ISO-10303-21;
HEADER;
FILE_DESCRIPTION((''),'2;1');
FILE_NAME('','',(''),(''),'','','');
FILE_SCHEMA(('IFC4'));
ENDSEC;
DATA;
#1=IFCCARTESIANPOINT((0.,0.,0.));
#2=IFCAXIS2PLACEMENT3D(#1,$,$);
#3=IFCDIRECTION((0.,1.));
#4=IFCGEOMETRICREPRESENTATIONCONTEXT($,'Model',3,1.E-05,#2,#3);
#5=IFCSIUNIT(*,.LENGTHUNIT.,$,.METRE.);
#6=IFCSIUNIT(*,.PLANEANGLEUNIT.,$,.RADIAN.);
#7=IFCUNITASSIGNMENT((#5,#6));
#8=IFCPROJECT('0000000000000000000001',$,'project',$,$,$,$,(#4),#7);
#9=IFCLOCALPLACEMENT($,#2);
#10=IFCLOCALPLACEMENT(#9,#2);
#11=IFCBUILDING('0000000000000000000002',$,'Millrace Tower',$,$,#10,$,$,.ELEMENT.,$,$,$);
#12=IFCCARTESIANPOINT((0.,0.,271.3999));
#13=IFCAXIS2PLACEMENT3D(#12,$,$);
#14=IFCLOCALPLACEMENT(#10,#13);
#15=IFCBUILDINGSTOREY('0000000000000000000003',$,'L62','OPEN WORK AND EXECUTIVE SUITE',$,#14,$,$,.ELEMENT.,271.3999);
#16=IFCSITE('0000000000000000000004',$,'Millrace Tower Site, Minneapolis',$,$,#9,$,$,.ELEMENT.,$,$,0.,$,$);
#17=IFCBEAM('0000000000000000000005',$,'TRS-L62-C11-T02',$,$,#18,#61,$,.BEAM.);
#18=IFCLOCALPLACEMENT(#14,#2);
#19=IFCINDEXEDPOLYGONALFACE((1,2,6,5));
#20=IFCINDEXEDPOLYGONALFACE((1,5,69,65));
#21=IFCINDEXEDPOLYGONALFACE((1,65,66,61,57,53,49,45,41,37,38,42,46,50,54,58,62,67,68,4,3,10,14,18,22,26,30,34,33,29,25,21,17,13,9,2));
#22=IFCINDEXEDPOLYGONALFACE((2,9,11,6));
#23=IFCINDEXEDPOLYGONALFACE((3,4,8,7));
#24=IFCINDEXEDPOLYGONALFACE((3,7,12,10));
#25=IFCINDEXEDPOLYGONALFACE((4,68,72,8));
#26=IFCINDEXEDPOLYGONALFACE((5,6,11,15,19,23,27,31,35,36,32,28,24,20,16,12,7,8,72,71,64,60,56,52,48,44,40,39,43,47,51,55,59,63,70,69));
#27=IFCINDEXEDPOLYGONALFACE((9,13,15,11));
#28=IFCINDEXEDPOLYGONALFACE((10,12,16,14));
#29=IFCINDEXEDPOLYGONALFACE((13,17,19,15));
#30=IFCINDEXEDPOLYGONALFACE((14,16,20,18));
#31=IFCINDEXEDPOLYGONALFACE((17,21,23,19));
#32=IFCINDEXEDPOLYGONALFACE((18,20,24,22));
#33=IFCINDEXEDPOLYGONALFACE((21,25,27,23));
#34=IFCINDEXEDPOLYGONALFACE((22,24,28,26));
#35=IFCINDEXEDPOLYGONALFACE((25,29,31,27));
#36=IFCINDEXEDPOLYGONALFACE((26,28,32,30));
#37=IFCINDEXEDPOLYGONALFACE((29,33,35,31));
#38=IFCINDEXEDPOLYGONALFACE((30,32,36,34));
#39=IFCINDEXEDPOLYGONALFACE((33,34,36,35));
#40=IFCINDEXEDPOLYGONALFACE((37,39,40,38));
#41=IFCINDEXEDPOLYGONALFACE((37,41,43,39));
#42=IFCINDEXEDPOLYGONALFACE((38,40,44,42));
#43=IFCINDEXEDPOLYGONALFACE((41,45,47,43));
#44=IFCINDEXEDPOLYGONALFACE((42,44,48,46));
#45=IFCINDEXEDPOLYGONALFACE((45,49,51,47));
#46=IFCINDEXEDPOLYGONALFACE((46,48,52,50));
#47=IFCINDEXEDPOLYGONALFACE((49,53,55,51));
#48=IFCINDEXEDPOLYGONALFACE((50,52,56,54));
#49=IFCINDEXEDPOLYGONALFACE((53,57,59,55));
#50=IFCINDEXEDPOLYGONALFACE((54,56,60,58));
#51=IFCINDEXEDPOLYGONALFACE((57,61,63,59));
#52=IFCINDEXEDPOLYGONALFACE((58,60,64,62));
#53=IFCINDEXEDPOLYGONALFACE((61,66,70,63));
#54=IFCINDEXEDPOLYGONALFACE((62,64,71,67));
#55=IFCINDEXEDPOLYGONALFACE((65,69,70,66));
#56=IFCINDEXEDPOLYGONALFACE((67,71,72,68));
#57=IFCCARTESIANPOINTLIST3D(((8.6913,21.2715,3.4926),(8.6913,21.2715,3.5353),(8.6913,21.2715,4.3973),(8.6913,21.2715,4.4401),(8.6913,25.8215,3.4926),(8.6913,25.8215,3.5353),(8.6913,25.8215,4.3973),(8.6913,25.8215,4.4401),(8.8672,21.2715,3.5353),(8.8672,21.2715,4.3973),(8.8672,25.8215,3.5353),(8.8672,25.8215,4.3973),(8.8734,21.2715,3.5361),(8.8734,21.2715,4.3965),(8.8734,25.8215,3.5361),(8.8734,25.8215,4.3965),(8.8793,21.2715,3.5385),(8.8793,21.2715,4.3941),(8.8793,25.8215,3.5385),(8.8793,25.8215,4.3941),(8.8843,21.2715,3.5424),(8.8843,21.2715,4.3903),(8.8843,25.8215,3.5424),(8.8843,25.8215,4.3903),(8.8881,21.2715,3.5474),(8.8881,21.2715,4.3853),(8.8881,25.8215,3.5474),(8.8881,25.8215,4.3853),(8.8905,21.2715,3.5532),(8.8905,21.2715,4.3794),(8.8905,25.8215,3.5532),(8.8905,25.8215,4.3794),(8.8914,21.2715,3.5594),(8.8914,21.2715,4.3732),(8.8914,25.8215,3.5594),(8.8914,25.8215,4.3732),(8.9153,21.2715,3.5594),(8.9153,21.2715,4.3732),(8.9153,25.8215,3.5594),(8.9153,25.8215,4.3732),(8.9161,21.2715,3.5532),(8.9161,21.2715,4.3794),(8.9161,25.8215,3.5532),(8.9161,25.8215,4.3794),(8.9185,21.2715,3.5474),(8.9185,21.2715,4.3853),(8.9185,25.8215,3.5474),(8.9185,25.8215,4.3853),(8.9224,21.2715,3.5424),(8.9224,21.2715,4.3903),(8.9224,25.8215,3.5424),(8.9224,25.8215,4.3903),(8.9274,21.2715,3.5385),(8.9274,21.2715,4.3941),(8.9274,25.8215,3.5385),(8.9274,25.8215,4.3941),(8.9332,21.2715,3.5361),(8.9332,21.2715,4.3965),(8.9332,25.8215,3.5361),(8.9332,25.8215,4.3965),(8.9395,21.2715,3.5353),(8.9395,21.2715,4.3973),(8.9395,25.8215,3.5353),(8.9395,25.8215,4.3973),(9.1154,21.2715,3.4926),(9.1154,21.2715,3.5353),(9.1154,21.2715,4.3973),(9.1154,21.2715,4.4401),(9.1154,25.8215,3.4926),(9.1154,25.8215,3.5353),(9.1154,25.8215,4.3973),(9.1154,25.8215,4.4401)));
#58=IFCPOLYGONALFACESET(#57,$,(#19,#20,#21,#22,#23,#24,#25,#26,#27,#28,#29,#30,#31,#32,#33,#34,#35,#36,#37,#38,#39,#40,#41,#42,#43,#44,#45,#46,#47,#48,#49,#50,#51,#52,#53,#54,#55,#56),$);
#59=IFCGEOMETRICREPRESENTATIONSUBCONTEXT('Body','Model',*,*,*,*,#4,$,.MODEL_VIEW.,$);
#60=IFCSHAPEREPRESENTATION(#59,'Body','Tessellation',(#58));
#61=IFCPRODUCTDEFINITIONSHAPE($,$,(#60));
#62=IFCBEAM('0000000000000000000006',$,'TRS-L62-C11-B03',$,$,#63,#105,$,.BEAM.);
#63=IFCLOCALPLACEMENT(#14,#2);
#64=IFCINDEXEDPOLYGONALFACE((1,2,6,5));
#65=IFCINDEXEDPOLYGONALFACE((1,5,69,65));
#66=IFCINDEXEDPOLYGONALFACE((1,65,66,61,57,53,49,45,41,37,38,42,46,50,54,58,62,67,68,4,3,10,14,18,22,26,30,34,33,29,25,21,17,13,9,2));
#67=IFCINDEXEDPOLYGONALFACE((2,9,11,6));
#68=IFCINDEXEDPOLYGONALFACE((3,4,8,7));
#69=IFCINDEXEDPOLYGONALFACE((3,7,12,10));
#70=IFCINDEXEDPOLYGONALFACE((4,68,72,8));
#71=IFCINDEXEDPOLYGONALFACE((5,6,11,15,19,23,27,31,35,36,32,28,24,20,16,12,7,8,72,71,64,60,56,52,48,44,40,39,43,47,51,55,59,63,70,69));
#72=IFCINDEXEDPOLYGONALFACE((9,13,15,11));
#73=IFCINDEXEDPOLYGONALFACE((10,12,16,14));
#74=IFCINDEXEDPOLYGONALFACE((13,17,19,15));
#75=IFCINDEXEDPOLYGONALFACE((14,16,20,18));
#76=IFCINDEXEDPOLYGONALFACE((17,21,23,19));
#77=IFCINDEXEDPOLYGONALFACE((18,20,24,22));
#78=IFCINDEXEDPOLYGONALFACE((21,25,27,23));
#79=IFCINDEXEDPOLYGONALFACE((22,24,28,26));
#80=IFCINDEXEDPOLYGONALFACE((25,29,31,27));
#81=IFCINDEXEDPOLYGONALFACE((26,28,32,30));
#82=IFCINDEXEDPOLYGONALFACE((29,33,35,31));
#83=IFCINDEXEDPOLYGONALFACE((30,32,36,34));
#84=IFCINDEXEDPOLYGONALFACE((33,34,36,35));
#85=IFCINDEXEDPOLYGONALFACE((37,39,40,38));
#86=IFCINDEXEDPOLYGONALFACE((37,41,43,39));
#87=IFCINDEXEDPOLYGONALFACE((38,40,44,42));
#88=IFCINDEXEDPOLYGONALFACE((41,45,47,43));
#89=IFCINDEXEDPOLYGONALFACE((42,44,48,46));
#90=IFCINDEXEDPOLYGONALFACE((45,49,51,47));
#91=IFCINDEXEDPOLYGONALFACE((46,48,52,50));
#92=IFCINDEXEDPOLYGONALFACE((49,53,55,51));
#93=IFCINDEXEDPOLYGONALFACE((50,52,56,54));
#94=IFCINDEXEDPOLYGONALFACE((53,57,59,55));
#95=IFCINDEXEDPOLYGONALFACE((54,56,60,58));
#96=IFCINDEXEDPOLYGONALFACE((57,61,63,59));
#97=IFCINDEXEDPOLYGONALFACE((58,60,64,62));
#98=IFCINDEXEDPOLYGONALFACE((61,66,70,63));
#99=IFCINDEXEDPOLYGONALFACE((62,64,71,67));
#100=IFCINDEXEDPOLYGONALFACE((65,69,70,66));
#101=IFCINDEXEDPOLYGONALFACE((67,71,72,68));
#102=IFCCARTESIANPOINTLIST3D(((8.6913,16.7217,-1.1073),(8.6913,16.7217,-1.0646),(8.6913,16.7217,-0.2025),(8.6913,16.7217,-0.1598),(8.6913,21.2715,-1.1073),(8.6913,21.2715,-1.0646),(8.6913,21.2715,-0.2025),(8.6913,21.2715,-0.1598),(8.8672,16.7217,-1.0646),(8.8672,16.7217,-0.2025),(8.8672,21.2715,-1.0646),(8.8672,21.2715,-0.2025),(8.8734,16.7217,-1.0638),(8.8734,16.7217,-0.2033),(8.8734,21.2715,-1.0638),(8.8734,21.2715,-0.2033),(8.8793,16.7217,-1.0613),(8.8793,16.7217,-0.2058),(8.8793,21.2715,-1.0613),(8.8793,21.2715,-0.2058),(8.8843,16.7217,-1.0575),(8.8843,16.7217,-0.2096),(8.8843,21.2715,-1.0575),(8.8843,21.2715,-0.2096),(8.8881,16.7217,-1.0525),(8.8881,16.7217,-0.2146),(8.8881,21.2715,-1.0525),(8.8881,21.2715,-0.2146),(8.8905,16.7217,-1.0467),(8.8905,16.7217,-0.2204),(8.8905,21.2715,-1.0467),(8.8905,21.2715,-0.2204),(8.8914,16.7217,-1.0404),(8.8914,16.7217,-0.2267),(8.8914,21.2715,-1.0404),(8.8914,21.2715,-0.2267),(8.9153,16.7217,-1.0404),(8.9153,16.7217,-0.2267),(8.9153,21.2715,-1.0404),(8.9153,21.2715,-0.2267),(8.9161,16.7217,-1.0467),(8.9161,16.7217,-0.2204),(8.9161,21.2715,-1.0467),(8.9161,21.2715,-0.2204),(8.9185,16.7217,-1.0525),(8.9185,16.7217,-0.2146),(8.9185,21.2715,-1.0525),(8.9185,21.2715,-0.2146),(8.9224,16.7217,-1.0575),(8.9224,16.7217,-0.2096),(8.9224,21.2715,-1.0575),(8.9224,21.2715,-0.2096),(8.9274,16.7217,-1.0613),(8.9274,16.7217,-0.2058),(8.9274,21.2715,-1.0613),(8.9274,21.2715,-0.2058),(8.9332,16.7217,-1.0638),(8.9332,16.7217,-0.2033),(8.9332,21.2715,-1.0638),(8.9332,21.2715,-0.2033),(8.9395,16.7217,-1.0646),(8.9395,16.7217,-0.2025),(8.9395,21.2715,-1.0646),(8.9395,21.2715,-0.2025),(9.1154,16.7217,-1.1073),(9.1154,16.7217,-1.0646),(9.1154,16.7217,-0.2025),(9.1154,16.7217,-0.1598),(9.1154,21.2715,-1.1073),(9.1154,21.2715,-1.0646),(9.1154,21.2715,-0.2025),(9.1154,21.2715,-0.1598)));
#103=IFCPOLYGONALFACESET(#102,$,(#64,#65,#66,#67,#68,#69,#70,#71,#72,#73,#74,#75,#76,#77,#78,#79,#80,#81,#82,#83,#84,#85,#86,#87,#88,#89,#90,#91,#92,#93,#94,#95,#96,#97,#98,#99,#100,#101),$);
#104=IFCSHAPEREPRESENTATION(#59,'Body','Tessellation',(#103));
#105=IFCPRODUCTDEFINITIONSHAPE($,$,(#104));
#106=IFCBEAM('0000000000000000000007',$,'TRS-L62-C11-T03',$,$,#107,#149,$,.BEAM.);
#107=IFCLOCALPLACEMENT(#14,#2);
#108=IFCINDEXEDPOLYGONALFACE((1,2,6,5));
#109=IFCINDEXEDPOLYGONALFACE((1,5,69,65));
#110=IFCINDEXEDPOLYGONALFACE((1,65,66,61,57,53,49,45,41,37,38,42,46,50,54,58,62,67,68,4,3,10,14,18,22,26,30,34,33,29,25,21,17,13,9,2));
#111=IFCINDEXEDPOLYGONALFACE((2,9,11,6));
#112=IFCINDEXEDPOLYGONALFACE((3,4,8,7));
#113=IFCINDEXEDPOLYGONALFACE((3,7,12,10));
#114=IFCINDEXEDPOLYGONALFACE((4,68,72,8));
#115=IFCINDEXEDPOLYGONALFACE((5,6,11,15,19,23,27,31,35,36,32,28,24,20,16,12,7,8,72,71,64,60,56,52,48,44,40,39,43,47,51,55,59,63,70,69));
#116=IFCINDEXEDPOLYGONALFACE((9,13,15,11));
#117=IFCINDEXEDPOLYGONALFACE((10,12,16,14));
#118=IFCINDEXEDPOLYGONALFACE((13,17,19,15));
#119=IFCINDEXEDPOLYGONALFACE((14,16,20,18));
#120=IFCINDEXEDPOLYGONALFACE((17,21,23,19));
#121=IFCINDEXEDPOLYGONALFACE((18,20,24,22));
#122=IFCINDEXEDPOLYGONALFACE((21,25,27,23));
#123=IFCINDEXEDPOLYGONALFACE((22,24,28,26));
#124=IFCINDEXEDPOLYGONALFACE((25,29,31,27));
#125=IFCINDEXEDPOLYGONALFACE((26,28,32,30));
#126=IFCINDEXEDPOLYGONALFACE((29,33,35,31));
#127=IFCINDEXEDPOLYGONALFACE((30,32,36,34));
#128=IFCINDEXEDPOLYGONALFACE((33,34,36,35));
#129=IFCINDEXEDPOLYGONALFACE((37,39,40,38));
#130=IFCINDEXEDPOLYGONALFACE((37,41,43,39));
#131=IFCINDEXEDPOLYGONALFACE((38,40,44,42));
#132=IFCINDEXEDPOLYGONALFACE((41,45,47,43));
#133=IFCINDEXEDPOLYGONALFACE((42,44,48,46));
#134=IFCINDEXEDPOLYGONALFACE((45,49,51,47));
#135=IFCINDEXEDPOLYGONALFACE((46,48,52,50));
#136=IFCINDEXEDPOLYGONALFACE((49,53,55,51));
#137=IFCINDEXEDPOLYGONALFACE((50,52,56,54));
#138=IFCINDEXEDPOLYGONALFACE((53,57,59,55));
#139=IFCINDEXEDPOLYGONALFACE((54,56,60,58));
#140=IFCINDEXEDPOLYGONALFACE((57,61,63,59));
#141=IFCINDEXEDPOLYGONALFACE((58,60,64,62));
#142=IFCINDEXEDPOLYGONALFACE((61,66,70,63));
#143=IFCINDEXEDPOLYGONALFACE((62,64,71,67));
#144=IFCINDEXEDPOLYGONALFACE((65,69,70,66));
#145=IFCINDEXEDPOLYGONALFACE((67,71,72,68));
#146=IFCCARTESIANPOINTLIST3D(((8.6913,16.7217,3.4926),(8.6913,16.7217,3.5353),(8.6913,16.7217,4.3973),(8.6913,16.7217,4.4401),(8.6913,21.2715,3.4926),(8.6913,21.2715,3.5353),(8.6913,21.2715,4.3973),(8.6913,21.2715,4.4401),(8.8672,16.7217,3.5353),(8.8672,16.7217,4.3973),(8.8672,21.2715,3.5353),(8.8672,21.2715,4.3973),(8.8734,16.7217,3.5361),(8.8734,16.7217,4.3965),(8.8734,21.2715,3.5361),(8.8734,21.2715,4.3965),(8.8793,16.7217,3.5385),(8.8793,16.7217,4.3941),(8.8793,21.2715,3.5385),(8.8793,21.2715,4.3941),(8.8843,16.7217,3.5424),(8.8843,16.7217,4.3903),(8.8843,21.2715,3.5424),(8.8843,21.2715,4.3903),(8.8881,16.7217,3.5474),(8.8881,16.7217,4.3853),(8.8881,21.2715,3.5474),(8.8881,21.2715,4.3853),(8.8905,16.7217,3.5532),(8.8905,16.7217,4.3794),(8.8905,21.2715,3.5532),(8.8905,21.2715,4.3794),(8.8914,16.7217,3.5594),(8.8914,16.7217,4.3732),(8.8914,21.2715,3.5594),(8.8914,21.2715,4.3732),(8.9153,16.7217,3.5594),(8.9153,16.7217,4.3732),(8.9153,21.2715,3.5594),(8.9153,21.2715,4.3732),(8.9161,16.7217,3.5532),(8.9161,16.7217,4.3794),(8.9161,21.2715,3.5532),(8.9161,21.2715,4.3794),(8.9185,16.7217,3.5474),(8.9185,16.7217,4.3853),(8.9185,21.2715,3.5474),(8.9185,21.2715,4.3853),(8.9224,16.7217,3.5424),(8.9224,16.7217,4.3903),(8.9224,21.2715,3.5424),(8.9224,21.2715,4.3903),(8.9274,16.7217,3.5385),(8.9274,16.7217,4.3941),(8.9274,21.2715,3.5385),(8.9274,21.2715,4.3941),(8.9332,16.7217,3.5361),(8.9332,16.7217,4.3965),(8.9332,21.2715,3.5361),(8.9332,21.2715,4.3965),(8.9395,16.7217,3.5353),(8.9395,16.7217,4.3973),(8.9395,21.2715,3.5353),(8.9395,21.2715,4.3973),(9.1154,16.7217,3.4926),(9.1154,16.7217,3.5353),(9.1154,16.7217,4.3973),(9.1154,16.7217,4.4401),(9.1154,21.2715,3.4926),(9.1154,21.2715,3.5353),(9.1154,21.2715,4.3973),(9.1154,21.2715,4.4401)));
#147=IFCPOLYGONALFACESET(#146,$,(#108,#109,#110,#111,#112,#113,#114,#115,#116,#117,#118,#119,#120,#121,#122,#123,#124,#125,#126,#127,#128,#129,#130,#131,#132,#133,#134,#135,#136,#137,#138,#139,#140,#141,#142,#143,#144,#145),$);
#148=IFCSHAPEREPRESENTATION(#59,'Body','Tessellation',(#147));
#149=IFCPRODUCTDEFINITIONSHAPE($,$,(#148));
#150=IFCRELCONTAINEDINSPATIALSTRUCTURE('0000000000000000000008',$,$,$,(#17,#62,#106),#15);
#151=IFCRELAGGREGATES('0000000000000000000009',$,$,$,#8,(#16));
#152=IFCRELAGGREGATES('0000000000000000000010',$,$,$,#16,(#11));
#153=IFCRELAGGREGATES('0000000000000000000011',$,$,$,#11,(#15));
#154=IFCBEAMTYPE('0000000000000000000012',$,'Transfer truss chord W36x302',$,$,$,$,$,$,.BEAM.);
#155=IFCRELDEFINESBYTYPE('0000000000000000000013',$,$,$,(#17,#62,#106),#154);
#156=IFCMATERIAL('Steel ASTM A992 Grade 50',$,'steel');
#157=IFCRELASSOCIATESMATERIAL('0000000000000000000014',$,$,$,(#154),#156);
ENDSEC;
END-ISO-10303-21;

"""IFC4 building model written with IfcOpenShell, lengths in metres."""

from ifc_helpers import new_model, si_unit, direction, frame, origin, origin_2d, place, context, subcontext, project, spatial, i_section, extrude, material, material_profile, profile_set, type_object, element, save


model = new_model("IFC4")

# Units and contexts
model_context = context("Model", 3, precision=1e-05, world=origin(), true_north=direction((0.0, 1.0)))
body_context = subcontext(model_context, "Body", "Model", "MODEL_VIEW")
ifc_project = project(units=[si_unit("LENGTHUNIT", "METRE"), si_unit("PLANEANGLEUNIT", "RADIAN")], contexts=[model_context])

# Site, building, storey
site_placement = place(None, origin())
site = spatial("IfcSite", under=ifc_project, at=site_placement, Name="Millrace Tower Site, Minneapolis", CompositionType="ELEMENT", RefElevation=0.0)
building_placement = place(site_placement, origin())
building = spatial("IfcBuilding", under=site, at=building_placement, Name="Millrace Tower", CompositionType="ELEMENT")
storey_placement = place(building_placement, frame((0.0, 0.0, 271.3999)))
storey = spatial("IfcBuildingStorey", under=building, at=storey_placement, Name="L62", Description="OPEN WORK AND EXECUTIVE SUITE", CompositionType="ELEMENT", Elevation=271.3999)

# Beams
ifc_material_1 = material(Name="Steel ASTM A992 Grade 50", Category="steel")
ifc_material_profile_1 = material_profile(ifc_material_1, i_section(OverallWidth=0.4241, OverallDepth=0.9475, WebThickness=0.0239, FlangeThickness=0.0427, FilletRadius=0.0242, at=origin_2d()))
ifc_profile_set_1 = profile_set([ifc_material_profile_1], Name="Steel ASTM A992 Grade 50")
beam_type = type_object("IfcBeamType", Name="Transfer truss chord W36x302", PredefinedType="BEAM", material=ifc_profile_set_1)
for number, where, z_axis, x_axis, name in (
    (1, (8.9033, 25.8215, 3.9663), (0.0, -1.0, 0.0), (1.0, 0.0, 0.0), "TRS-L62-C11-T02"),
):
    element("IfcBeam", number, at=place(storey_placement, frame(where, z_axis=z_axis, x_axis=x_axis)), inside=storey, type_object=beam_type, Name=name, PredefinedType="BEAM", context=body_context, shape_type="SweptSolid", body=[
        extrude(i_section(OverallWidth=0.4241, OverallDepth=0.9475, WebThickness=0.0239, FlangeThickness=0.0427, FilletRadius=0.0242, at=origin_2d()), origin(), (0.0, 0.0, 1.0), 4.55),
    ])
for number, where, z_axis, x_axis, name in (
    (2, (8.9033, 21.2715, -0.6335), (0.0, -1.0, 0.0), (1.0, 0.0, 0.0), "TRS-L62-C11-B03"),
    (3, (8.9033, 21.2715, 3.9663), (0.0, -1.0, 0.0), (1.0, 0.0, 0.0), "TRS-L62-C11-T03"),
):
    element("IfcBeam", number, at=place(storey_placement, frame(where, z_axis=z_axis, x_axis=x_axis)), inside=storey, type_object=beam_type, Name=name, PredefinedType="BEAM", context=body_context, shape_type="SweptSolid", body=[
        extrude(i_section(OverallWidth=0.4241, OverallDepth=0.9475, WebThickness=0.0239, FlangeThickness=0.0427, FilletRadius=0.0242, at=origin_2d()), origin(), (0.0, 0.0, 1.0), 4.5498),
    ])

save(model, "model.ifc")
